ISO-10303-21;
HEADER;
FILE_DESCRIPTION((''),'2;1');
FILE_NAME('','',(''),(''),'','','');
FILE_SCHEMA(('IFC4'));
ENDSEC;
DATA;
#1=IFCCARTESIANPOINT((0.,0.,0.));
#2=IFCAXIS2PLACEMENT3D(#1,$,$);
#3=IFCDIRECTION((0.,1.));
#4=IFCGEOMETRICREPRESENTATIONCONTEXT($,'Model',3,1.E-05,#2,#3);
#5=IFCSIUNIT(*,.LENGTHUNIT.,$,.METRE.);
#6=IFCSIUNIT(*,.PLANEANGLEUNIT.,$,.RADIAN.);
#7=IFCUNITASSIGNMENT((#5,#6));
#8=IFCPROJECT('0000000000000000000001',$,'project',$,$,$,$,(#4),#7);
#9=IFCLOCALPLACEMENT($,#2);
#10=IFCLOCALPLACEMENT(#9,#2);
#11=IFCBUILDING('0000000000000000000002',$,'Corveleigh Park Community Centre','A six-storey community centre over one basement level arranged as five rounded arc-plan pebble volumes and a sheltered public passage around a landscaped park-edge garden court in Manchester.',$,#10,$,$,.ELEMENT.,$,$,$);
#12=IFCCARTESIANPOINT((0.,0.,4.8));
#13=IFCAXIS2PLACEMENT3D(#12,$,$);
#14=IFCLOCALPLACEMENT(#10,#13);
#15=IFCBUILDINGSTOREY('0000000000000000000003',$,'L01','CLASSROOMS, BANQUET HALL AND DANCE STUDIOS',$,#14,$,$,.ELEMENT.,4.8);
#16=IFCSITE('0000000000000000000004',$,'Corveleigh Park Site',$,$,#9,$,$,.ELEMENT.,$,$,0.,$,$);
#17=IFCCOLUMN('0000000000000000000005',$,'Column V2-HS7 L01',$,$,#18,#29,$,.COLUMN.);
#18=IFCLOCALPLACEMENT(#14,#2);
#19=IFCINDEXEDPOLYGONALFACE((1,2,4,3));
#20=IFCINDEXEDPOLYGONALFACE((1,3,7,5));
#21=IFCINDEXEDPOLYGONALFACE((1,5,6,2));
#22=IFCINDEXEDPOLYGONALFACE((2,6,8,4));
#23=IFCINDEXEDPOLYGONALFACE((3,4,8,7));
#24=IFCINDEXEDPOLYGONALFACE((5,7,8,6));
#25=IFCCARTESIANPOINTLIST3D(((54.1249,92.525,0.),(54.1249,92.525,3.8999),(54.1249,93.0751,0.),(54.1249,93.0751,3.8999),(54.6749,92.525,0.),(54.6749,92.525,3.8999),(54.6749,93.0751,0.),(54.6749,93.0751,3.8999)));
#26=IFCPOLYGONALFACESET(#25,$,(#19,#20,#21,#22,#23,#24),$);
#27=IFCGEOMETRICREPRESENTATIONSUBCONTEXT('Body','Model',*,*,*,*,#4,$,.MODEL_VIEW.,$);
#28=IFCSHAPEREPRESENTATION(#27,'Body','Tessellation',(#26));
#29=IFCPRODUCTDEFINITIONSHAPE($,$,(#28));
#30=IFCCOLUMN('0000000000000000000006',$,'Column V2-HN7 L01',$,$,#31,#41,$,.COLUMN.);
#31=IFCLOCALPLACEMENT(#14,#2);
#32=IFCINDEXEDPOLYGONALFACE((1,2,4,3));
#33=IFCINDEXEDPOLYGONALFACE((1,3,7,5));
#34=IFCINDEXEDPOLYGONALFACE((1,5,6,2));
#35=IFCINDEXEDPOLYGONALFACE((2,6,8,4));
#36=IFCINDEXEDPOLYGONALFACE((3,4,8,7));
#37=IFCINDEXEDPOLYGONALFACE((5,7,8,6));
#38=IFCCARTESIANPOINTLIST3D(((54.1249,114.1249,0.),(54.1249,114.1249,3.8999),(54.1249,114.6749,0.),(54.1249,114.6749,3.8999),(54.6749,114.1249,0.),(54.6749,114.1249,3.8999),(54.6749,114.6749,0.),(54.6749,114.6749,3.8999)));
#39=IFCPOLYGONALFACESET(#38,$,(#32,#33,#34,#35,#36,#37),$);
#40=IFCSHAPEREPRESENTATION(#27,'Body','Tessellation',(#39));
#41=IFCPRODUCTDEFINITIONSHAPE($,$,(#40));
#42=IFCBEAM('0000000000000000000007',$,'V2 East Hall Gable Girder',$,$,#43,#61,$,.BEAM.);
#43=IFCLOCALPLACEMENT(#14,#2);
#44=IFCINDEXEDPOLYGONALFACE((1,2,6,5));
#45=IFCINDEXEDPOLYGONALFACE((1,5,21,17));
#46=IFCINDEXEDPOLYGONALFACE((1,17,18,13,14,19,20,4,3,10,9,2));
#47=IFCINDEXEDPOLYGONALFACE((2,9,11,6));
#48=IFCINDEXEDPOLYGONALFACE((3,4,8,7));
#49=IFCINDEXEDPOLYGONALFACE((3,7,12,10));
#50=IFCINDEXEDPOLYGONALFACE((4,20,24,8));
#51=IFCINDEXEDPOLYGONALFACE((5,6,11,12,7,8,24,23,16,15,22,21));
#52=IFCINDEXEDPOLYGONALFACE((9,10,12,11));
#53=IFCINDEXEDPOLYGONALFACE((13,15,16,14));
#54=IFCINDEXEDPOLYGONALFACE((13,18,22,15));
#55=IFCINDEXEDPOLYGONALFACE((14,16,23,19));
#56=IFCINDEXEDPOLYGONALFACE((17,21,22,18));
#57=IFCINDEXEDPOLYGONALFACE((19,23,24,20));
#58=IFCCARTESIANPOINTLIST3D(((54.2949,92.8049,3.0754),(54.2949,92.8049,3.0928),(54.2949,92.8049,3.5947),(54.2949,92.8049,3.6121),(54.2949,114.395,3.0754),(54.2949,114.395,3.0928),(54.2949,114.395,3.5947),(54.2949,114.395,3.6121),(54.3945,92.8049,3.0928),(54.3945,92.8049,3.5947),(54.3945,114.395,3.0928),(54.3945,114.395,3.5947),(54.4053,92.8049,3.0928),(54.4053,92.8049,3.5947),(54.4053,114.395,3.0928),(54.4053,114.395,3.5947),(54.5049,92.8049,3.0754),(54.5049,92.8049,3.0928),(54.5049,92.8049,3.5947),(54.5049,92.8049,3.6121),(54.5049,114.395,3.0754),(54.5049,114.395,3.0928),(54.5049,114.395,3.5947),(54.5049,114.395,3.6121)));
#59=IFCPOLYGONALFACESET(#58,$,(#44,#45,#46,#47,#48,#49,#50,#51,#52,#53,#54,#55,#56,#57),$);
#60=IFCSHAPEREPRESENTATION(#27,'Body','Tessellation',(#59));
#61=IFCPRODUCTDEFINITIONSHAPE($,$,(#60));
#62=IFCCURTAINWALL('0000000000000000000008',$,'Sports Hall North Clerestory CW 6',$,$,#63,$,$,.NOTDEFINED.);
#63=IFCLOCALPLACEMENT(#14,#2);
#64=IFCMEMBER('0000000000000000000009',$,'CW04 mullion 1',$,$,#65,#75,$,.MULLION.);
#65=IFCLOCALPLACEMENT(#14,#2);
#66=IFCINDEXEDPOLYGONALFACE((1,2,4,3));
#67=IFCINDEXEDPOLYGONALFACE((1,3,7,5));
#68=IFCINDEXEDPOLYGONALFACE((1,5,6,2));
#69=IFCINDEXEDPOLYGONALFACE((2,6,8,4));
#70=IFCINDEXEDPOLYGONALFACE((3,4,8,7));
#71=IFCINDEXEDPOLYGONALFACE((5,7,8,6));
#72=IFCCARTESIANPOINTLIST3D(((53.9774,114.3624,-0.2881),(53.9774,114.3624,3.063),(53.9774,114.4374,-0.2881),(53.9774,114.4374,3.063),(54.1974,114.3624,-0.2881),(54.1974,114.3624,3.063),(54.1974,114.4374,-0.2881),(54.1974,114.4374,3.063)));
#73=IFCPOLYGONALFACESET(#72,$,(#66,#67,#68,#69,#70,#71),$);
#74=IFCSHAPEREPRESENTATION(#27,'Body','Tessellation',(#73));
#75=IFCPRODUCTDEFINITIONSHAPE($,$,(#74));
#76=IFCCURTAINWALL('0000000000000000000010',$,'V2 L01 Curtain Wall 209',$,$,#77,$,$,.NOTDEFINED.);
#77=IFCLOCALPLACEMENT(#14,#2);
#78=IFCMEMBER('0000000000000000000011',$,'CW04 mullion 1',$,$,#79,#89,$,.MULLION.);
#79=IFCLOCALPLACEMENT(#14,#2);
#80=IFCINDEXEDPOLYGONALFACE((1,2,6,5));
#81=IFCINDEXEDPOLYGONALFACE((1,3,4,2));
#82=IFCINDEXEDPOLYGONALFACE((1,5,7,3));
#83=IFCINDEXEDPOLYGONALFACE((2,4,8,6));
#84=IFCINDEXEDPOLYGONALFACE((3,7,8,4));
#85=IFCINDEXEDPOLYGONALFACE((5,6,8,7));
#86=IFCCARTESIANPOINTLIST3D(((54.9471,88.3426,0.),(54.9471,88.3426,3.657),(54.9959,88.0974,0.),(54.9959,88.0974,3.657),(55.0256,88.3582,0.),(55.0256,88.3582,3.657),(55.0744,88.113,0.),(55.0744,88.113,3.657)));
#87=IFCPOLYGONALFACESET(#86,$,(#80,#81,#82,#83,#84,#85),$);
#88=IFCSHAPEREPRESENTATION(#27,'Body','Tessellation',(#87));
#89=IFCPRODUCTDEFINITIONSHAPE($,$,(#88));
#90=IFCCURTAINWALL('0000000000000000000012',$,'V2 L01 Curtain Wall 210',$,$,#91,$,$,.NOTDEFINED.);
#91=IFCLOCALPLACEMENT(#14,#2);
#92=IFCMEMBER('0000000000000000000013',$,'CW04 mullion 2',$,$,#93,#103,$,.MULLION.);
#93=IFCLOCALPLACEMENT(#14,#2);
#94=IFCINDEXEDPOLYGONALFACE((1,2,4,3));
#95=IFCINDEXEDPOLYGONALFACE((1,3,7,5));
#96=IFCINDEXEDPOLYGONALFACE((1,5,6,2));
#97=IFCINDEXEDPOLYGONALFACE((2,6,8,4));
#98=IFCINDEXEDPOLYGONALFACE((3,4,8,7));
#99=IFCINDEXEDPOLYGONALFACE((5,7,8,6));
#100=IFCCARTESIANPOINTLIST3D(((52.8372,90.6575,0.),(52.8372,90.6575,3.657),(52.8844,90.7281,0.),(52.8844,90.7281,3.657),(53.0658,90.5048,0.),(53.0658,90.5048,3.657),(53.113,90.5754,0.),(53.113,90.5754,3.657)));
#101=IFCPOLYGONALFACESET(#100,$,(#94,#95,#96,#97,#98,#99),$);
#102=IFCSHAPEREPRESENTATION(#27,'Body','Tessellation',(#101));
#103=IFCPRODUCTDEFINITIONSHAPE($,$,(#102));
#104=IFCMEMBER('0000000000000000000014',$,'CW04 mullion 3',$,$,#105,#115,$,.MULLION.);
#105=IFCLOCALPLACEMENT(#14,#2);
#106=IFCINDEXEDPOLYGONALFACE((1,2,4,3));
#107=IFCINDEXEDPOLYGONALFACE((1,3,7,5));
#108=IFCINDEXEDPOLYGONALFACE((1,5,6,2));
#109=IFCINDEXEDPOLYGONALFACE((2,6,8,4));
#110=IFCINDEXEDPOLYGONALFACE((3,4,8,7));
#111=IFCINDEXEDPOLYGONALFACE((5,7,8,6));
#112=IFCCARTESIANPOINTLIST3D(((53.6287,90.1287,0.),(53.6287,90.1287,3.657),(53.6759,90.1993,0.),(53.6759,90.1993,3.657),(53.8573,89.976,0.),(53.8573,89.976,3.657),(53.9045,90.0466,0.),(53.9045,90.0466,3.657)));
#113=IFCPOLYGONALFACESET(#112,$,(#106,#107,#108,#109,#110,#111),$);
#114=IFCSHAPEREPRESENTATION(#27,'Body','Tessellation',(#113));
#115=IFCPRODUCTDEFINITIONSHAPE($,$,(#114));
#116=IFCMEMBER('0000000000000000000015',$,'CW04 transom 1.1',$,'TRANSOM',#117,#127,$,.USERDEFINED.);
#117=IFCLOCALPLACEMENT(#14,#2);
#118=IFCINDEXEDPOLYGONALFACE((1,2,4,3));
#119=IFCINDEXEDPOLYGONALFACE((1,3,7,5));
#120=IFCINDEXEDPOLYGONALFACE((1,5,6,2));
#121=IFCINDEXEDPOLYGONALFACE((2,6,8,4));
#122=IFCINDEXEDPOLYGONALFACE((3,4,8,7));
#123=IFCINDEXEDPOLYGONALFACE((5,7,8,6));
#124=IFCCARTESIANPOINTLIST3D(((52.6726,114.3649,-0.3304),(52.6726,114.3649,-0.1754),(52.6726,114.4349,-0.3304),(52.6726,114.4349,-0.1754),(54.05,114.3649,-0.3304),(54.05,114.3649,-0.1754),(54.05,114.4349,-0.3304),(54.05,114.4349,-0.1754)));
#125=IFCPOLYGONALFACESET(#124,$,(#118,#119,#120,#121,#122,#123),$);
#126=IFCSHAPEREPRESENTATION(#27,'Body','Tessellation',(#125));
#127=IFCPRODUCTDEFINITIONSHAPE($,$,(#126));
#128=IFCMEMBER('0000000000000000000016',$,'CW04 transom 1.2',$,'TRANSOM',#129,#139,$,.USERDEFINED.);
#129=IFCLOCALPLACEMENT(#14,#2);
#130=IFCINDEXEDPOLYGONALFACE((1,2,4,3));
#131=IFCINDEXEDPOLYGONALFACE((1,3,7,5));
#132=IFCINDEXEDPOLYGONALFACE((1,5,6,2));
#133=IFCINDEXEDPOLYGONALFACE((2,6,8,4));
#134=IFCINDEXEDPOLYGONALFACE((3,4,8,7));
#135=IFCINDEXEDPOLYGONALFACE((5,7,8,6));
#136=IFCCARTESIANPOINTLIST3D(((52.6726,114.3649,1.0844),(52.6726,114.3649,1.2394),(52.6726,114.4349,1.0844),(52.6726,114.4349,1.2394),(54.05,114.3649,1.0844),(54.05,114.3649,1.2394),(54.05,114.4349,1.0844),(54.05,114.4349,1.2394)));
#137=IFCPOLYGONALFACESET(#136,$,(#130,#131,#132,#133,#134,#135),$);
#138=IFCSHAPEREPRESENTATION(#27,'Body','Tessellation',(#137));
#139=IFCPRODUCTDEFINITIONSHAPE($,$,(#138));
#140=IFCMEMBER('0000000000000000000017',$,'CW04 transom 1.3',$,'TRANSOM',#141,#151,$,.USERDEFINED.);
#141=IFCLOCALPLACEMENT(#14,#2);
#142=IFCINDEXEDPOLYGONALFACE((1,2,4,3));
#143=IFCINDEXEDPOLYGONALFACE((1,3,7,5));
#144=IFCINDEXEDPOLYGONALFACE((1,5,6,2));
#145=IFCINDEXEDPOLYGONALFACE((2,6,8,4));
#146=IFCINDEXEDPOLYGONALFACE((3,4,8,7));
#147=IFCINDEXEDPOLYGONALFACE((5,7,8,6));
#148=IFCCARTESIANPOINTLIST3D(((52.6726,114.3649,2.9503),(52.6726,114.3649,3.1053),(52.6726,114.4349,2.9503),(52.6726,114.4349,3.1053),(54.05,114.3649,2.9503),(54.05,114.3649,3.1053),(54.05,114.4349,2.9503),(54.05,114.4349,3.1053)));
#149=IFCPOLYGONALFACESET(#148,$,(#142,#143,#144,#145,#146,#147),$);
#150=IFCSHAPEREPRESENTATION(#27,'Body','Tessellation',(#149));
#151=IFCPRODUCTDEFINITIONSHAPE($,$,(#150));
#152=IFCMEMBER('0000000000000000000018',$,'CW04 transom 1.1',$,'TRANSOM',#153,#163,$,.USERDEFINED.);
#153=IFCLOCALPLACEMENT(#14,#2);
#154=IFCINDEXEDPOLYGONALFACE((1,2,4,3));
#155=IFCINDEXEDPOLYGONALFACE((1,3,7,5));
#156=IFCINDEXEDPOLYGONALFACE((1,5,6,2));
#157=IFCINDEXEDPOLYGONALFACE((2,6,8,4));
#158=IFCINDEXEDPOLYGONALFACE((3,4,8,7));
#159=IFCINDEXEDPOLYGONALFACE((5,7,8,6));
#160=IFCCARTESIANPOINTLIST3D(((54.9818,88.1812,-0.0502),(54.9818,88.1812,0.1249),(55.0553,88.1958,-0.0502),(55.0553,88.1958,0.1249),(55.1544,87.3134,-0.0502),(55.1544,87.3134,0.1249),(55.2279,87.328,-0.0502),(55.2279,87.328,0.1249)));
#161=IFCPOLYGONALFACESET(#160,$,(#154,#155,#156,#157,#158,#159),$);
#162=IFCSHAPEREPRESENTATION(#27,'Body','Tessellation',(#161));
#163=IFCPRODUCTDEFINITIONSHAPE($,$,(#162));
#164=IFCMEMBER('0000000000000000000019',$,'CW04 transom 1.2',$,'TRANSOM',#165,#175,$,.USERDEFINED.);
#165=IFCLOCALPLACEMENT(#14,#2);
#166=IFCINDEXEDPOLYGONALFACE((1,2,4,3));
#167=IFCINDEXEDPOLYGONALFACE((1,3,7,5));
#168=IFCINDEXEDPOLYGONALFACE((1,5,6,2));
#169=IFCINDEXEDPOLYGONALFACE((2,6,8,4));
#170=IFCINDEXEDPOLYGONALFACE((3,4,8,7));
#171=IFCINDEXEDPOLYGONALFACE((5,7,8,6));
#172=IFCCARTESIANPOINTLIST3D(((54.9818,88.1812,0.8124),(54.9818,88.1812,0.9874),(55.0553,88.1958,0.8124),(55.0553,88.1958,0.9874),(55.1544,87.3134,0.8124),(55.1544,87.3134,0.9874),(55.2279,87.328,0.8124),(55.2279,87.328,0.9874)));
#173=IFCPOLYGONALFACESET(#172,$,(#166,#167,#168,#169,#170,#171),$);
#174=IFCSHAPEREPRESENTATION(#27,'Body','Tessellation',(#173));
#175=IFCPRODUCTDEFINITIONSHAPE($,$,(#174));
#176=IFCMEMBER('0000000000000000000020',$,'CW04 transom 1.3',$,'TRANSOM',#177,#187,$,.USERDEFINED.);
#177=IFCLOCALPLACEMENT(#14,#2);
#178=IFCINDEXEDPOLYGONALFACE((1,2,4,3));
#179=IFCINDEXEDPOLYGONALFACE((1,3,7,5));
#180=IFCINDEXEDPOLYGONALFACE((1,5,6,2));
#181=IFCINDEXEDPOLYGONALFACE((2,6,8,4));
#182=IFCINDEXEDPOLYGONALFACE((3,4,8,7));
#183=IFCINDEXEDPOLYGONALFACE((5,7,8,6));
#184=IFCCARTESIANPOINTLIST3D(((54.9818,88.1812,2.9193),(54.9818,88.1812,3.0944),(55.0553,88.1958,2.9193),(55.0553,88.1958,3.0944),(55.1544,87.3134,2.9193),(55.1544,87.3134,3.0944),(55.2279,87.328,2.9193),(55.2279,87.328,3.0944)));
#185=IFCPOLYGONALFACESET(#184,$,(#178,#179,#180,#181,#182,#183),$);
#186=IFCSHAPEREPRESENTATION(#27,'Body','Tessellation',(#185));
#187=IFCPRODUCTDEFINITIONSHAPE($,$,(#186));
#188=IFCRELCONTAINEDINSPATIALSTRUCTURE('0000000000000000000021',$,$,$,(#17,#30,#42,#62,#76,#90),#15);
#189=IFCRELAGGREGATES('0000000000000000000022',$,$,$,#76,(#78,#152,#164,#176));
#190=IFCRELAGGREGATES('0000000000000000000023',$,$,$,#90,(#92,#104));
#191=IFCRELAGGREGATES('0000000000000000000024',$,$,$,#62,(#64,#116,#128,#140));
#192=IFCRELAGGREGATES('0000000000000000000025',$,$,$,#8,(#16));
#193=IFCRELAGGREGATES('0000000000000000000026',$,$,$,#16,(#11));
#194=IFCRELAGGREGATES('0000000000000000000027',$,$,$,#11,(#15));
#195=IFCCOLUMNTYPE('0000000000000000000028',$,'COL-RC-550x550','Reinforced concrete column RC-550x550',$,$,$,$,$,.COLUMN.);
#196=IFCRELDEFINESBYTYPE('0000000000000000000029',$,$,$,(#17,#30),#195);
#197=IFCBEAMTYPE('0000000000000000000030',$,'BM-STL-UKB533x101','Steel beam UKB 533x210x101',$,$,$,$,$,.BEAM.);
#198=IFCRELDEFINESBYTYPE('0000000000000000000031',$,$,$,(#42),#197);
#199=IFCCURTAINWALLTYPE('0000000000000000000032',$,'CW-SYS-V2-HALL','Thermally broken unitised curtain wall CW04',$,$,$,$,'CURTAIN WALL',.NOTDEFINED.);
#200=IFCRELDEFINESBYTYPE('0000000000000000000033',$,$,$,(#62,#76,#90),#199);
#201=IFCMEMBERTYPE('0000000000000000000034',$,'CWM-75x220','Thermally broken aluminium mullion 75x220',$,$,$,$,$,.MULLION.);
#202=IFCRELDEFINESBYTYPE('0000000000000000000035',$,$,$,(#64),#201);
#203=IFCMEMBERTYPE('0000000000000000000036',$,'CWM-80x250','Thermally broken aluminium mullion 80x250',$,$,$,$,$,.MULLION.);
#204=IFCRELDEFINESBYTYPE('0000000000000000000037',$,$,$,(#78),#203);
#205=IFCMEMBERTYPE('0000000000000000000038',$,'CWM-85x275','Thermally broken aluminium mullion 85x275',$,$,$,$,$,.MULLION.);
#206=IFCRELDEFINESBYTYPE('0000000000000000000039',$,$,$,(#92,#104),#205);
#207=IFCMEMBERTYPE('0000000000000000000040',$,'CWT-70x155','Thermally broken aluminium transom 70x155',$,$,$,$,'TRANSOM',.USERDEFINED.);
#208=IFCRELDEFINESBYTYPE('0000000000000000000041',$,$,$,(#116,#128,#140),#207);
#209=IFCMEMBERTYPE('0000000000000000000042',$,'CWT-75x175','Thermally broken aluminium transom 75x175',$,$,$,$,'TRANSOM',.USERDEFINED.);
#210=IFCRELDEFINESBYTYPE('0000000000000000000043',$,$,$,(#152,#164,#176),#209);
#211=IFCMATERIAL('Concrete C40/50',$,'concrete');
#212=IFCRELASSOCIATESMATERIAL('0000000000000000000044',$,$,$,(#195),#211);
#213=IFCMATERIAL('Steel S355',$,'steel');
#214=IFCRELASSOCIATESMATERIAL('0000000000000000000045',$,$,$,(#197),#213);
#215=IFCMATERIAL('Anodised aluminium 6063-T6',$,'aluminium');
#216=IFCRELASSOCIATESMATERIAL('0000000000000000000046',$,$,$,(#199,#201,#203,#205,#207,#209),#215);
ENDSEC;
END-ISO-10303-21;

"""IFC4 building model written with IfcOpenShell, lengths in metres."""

from ifc_helpers import new_model, si_unit, direction, frame, origin, origin_2d, place, context, subcontext, project, spatial, rectangle, i_section, extrude, material, material_profile, profile_set, type_object, element, aggregate, save


model = new_model("IFC4")

# Units and contexts
model_context = context("Model", 3, precision=1e-05, world=origin(), true_north=direction((0.0, 1.0)))
body_context = subcontext(model_context, "Body", "Model", "MODEL_VIEW")
ifc_project = project(units=[si_unit("LENGTHUNIT", "METRE"), si_unit("PLANEANGLEUNIT", "RADIAN")], contexts=[model_context])

# Site, building, storey
site_placement = place(None, origin())
site = spatial("IfcSite", under=ifc_project, at=site_placement, Name="Corveleigh Park Site", CompositionType="ELEMENT", RefElevation=0.0)
building_placement = place(site_placement, origin())
building = spatial("IfcBuilding", under=site, at=building_placement, Name="Corveleigh Park Community Centre", Description="A six-storey community centre over one basement level arranged as five rounded arc-plan pebble volumes and a sheltered public passage around a landscaped park-edge garden court in Manchester.", CompositionType="ELEMENT")
storey_placement = place(building_placement, frame((0.0, 0.0, 4.8)))
storey = spatial("IfcBuildingStorey", under=building, at=storey_placement, Name="L01", Description="CLASSROOMS, BANQUET HALL AND DANCE STUDIOS", CompositionType="ELEMENT", Elevation=4.8)

# Columns
ifc_material_1 = material(Name="Concrete C40/50", Category="concrete")
ifc_material_profile_1 = material_profile(ifc_material_1, rectangle(XDim=0.55, YDim=0.55, at=origin_2d()), Name="RC-550x550", Category="concrete")
ifc_profile_set_1 = profile_set([ifc_material_profile_1], Name="Concrete C40/50")
column_type = type_object("IfcColumnType", Name="COL-RC-550x550", Description="Reinforced concrete column RC-550x550", PredefinedType="COLUMN", material=ifc_profile_set_1)
for number, where, z_axis, x_axis, name in (
    (1, (54.3999, 92.8, 0.0), (0.0, 0.0, 1.0), (1.0, 0.0, 0.0), "Column V2-HS7 L01"),
    (2, (54.3999, 114.3999, 0.0), (0.0, 0.0, 1.0), (1.0, 0.0, 0.0), "Column V2-HN7 L01"),
):
    element("IfcColumn", number, at=place(storey_placement, frame(where, z_axis=z_axis, x_axis=x_axis)), inside=storey, type_object=column_type, Name=name, PredefinedType="COLUMN", context=body_context, shape_type="SweptSolid", body=[
        extrude(rectangle(XDim=0.55, YDim=0.55, at=origin_2d()), origin(), (0.0, 0.0, 1.0), 3.8999),
    ])

# Beam
ifc_material_2 = material(Name="Steel S355", Category="steel")
ifc_material_profile_2 = material_profile(ifc_material_2, i_section(OverallWidth=0.21, OverallDepth=0.5366, WebThickness=0.0107, FlangeThickness=0.0173, at=origin_2d()), Name="UKB 533x210x101", Category="steel")
ifc_profile_set_2 = profile_set([ifc_material_profile_2], Name="Steel S355")
beam_type = type_object("IfcBeamType", Name="BM-STL-UKB533x101", Description="Steel beam UKB 533x210x101", PredefinedType="BEAM", material=ifc_profile_set_2)
beam_placement = place(storey_placement, frame((54.3999, 92.8049, 3.3438), z_axis=(0.0, 1.0, 0.0), x_axis=(-1.0, 0.0, 0.0)))
element("IfcBeam", 3, at=beam_placement, inside=storey, type_object=beam_type, Name="V2 East Hall Gable Girder", PredefinedType="BEAM", context=body_context, shape_type="SweptSolid", body=[
    extrude(i_section(OverallWidth=0.21, OverallDepth=0.5366, WebThickness=0.0107, FlangeThickness=0.0173, at=origin_2d()), origin(), (0.0, 0.0, 1.0), 21.5901),
])

# Curtain walls, members
ifc_material_3 = material(Name="Anodised aluminium 6063-T6", Category="aluminium")
curtain_wall_type = type_object("IfcCurtainWallType", Name="CW-SYS-V2-HALL", Description="Thermally broken unitised curtain wall CW04", ElementType="CURTAIN WALL", PredefinedType="NOTDEFINED", material=ifc_material_3)
curtain_wall_1_placement = place(storey_placement, origin())
curtain_wall_1 = element("IfcCurtainWall", 4, at=curtain_wall_1_placement, inside=storey, type_object=curtain_wall_type, Name="Sports Hall North Clerestory CW 6", PredefinedType="NOTDEFINED")
ifc_material_profile_3 = material_profile(ifc_material_3, rectangle(XDim=0.075, YDim=0.22, at=origin_2d()), Name="ALU-M75x220", Category="aluminium")
ifc_profile_set_3 = profile_set([ifc_material_profile_3], Name="Anodised aluminium 6063-T6")
member_type_1 = type_object("IfcMemberType", Name="CWM-75x220", Description="Thermally broken aluminium mullion 75x220", PredefinedType="MULLION", material=ifc_profile_set_3)
member_1_placement = place(storey_placement, frame((54.0874, 114.3999, -0.2881), z_axis=(0.0, 0.0, 1.0), x_axis=(0.0, -1.0, 0.0)))
member_1 = element("IfcMember", 5, at=member_1_placement, type_object=member_type_1, Name="CW04 mullion 1", PredefinedType="MULLION", context=body_context, shape_type="SweptSolid", body=[
    extrude(rectangle(XDim=0.075, YDim=0.22, at=origin_2d()), origin(), (0.0, 0.0, 1.0), 3.3511),
])
curtain_wall_2_placement = place(storey_placement, origin())
curtain_wall_2 = element("IfcCurtainWall", 6, at=curtain_wall_2_placement, inside=storey, type_object=curtain_wall_type, Name="V2 L01 Curtain Wall 209", PredefinedType="NOTDEFINED")
ifc_material_profile_4 = material_profile(ifc_material_3, rectangle(XDim=0.0801, YDim=0.25, at=origin_2d()), Name="ALU-M80x250", Category="aluminium")
ifc_profile_set_4 = profile_set([ifc_material_profile_4], Name="Anodised aluminium 6063-T6")
member_type_2 = type_object("IfcMemberType", Name="CWM-80x250", Description="Thermally broken aluminium mullion 80x250", PredefinedType="MULLION", material=ifc_profile_set_4)
member_2_placement = place(storey_placement, frame((55.0107, 88.2278, 0.0), z_axis=(0.0, 0.0, 1.0), x_axis=(0.980791, 0.195063, 0.0)))
member_2 = element("IfcMember", 7, at=member_2_placement, type_object=member_type_2, Name="CW04 mullion 1", PredefinedType="MULLION", context=body_context, shape_type="SweptSolid", body=[
    extrude(rectangle(XDim=0.0801, YDim=0.25, at=origin_2d()), origin(), (0.0, 0.0, 1.0), 3.657),
])

# Curtain wall, members
curtain_wall_3_placement = place(storey_placement, origin())
curtain_wall_3 = element("IfcCurtainWall", 8, at=curtain_wall_3_placement, inside=storey, type_object=curtain_wall_type, Name="V2 L01 Curtain Wall 210", PredefinedType="NOTDEFINED")
ifc_material_profile_5 = material_profile(ifc_material_3, rectangle(XDim=0.085, YDim=0.2749, at=origin_2d()), Name="ALU-M85x275", Category="aluminium")
ifc_profile_set_5 = profile_set([ifc_material_profile_5], Name="Anodised aluminium 6063-T6")
member_type_3 = type_object("IfcMemberType", Name="CWM-85x275", Description="Thermally broken aluminium mullion 85x275", PredefinedType="MULLION", material=ifc_profile_set_5)
member_3_placement = place(storey_placement, frame((52.9751, 90.6165, 0.0), z_axis=(0.0, 0.0, 1.0), x_axis=(0.555512, 0.831509, 0.0)))
member_3 = element("IfcMember", 9, at=member_3_placement, type_object=member_type_3, Name="CW04 mullion 2", PredefinedType="MULLION", context=body_context, shape_type="SweptSolid", body=[
    extrude(rectangle(XDim=0.085, YDim=0.2749, at=origin_2d()), origin(), (0.0, 0.0, 1.0), 3.657),
])
member_4_placement = place(storey_placement, frame((53.7666, 90.0876, 0.0), z_axis=(0.0, 0.0, 1.0), x_axis=(0.555512, 0.831509, 0.0)))
member_4 = element("IfcMember", 10, at=member_4_placement, type_object=member_type_3, Name="CW04 mullion 3", PredefinedType="MULLION", context=body_context, shape_type="SweptSolid", body=[
    extrude(rectangle(XDim=0.085, YDim=0.2749, at=origin_2d()), origin(), (0.0, 0.0, 1.0), 3.657),
])

# Members
ifc_material_profile_6 = material_profile(ifc_material_3, rectangle(XDim=0.0701, YDim=0.155, at=origin_2d()), Name="ALU-T70x155", Category="aluminium")
ifc_profile_set_6 = profile_set([ifc_material_profile_6], Name="Anodised aluminium 6063-T6")
member_type_4 = type_object("IfcMemberType", Name="CWT-70x155", Description="Thermally broken aluminium transom 70x155", ElementType="TRANSOM", PredefinedType="USERDEFINED", material=ifc_profile_set_6)
member_5_placement = place(storey_placement, frame((54.05, 114.3999, -0.2529), z_axis=(-1.0, 0.0, 0.0), x_axis=(0.0, -1.0, 0.0)))
member_5 = element("IfcMember", 11, at=member_5_placement, type_object=member_type_4, Name="CW04 transom 1.1", ObjectType="TRANSOM", PredefinedType="USERDEFINED", context=body_context, shape_type="SweptSolid", body=[
    extrude(rectangle(XDim=0.0701, YDim=0.155, at=origin_2d()), origin(), (0.0, 0.0, 1.0), 1.3774),
])
member_6_placement = place(storey_placement, frame((54.05, 114.3999, 1.1619), z_axis=(-1.0, 0.0, 0.0), x_axis=(0.0, -1.0, 0.0)))
member_6 = element("IfcMember", 12, at=member_6_placement, type_object=member_type_4, Name="CW04 transom 1.2", ObjectType="TRANSOM", PredefinedType="USERDEFINED", context=body_context, shape_type="SweptSolid", body=[
    extrude(rectangle(XDim=0.0701, YDim=0.155, at=origin_2d()), origin(), (0.0, 0.0, 1.0), 1.3774),
])
member_7_placement = place(storey_placement, frame((54.05, 114.3999, 3.0278), z_axis=(-1.0, 0.0, 0.0), x_axis=(0.0, -1.0, 0.0)))
member_7 = element("IfcMember", 13, at=member_7_placement, type_object=member_type_4, Name="CW04 transom 1.3", ObjectType="TRANSOM", PredefinedType="USERDEFINED", context=body_context, shape_type="SweptSolid", body=[
    extrude(rectangle(XDim=0.0701, YDim=0.155, at=origin_2d()), origin(), (0.0, 0.0, 1.0), 1.3774),
])
ifc_material_profile_7 = material_profile(ifc_material_3, rectangle(XDim=0.075, YDim=0.175, at=origin_2d()), Name="ALU-T75x175", Category="aluminium")
ifc_profile_set_7 = profile_set([ifc_material_profile_7], Name="Anodised aluminium 6063-T6")
member_type_5 = type_object("IfcMemberType", Name="CWT-75x175", Description="Thermally broken aluminium transom 75x175", ElementType="TRANSOM", PredefinedType="USERDEFINED", material=ifc_profile_set_7)
member_8_placement = place(storey_placement, frame((55.0186, 88.1885, 0.0374), z_axis=(0.195108, -0.980782, 0.0), x_axis=(0.980782, 0.195108, 0.0)))
member_8 = element("IfcMember", 14, at=member_8_placement, type_object=member_type_5, Name="CW04 transom 1.1", ObjectType="TRANSOM", PredefinedType="USERDEFINED", context=body_context, shape_type="SweptSolid", body=[
    extrude(rectangle(XDim=0.075, YDim=0.175, at=origin_2d()), origin(), (0.0, 0.0, 1.0), 0.8848),
])
member_9_placement = place(storey_placement, frame((55.0186, 88.1885, 0.8999), z_axis=(0.195108, -0.980782, 0.0), x_axis=(0.980782, 0.195108, 0.0)))
member_9 = element("IfcMember", 15, at=member_9_placement, type_object=member_type_5, Name="CW04 transom 1.2", ObjectType="TRANSOM", PredefinedType="USERDEFINED", context=body_context, shape_type="SweptSolid", body=[
    extrude(rectangle(XDim=0.075, YDim=0.175, at=origin_2d()), origin(), (0.0, 0.0, 1.0), 0.8848),
])
member_10_placement = place(storey_placement, frame((55.0186, 88.1885, 3.0068), z_axis=(0.195108, -0.980782, 0.0), x_axis=(0.980782, 0.195108, 0.0)))
member_10 = element("IfcMember", 16, at=member_10_placement, type_object=member_type_5, Name="CW04 transom 1.3", ObjectType="TRANSOM", PredefinedType="USERDEFINED", context=body_context, shape_type="SweptSolid", body=[
    extrude(rectangle(XDim=0.075, YDim=0.175, at=origin_2d()), origin(), (0.0, 0.0, 1.0), 0.8848),
])

aggregate(curtain_wall_2, [member_2, member_8, member_9, member_10])
aggregate(curtain_wall_3, [member_3, member_4])
aggregate(curtain_wall_1, [member_1, member_5, member_6, member_7])

save(model, "model.ifc")
